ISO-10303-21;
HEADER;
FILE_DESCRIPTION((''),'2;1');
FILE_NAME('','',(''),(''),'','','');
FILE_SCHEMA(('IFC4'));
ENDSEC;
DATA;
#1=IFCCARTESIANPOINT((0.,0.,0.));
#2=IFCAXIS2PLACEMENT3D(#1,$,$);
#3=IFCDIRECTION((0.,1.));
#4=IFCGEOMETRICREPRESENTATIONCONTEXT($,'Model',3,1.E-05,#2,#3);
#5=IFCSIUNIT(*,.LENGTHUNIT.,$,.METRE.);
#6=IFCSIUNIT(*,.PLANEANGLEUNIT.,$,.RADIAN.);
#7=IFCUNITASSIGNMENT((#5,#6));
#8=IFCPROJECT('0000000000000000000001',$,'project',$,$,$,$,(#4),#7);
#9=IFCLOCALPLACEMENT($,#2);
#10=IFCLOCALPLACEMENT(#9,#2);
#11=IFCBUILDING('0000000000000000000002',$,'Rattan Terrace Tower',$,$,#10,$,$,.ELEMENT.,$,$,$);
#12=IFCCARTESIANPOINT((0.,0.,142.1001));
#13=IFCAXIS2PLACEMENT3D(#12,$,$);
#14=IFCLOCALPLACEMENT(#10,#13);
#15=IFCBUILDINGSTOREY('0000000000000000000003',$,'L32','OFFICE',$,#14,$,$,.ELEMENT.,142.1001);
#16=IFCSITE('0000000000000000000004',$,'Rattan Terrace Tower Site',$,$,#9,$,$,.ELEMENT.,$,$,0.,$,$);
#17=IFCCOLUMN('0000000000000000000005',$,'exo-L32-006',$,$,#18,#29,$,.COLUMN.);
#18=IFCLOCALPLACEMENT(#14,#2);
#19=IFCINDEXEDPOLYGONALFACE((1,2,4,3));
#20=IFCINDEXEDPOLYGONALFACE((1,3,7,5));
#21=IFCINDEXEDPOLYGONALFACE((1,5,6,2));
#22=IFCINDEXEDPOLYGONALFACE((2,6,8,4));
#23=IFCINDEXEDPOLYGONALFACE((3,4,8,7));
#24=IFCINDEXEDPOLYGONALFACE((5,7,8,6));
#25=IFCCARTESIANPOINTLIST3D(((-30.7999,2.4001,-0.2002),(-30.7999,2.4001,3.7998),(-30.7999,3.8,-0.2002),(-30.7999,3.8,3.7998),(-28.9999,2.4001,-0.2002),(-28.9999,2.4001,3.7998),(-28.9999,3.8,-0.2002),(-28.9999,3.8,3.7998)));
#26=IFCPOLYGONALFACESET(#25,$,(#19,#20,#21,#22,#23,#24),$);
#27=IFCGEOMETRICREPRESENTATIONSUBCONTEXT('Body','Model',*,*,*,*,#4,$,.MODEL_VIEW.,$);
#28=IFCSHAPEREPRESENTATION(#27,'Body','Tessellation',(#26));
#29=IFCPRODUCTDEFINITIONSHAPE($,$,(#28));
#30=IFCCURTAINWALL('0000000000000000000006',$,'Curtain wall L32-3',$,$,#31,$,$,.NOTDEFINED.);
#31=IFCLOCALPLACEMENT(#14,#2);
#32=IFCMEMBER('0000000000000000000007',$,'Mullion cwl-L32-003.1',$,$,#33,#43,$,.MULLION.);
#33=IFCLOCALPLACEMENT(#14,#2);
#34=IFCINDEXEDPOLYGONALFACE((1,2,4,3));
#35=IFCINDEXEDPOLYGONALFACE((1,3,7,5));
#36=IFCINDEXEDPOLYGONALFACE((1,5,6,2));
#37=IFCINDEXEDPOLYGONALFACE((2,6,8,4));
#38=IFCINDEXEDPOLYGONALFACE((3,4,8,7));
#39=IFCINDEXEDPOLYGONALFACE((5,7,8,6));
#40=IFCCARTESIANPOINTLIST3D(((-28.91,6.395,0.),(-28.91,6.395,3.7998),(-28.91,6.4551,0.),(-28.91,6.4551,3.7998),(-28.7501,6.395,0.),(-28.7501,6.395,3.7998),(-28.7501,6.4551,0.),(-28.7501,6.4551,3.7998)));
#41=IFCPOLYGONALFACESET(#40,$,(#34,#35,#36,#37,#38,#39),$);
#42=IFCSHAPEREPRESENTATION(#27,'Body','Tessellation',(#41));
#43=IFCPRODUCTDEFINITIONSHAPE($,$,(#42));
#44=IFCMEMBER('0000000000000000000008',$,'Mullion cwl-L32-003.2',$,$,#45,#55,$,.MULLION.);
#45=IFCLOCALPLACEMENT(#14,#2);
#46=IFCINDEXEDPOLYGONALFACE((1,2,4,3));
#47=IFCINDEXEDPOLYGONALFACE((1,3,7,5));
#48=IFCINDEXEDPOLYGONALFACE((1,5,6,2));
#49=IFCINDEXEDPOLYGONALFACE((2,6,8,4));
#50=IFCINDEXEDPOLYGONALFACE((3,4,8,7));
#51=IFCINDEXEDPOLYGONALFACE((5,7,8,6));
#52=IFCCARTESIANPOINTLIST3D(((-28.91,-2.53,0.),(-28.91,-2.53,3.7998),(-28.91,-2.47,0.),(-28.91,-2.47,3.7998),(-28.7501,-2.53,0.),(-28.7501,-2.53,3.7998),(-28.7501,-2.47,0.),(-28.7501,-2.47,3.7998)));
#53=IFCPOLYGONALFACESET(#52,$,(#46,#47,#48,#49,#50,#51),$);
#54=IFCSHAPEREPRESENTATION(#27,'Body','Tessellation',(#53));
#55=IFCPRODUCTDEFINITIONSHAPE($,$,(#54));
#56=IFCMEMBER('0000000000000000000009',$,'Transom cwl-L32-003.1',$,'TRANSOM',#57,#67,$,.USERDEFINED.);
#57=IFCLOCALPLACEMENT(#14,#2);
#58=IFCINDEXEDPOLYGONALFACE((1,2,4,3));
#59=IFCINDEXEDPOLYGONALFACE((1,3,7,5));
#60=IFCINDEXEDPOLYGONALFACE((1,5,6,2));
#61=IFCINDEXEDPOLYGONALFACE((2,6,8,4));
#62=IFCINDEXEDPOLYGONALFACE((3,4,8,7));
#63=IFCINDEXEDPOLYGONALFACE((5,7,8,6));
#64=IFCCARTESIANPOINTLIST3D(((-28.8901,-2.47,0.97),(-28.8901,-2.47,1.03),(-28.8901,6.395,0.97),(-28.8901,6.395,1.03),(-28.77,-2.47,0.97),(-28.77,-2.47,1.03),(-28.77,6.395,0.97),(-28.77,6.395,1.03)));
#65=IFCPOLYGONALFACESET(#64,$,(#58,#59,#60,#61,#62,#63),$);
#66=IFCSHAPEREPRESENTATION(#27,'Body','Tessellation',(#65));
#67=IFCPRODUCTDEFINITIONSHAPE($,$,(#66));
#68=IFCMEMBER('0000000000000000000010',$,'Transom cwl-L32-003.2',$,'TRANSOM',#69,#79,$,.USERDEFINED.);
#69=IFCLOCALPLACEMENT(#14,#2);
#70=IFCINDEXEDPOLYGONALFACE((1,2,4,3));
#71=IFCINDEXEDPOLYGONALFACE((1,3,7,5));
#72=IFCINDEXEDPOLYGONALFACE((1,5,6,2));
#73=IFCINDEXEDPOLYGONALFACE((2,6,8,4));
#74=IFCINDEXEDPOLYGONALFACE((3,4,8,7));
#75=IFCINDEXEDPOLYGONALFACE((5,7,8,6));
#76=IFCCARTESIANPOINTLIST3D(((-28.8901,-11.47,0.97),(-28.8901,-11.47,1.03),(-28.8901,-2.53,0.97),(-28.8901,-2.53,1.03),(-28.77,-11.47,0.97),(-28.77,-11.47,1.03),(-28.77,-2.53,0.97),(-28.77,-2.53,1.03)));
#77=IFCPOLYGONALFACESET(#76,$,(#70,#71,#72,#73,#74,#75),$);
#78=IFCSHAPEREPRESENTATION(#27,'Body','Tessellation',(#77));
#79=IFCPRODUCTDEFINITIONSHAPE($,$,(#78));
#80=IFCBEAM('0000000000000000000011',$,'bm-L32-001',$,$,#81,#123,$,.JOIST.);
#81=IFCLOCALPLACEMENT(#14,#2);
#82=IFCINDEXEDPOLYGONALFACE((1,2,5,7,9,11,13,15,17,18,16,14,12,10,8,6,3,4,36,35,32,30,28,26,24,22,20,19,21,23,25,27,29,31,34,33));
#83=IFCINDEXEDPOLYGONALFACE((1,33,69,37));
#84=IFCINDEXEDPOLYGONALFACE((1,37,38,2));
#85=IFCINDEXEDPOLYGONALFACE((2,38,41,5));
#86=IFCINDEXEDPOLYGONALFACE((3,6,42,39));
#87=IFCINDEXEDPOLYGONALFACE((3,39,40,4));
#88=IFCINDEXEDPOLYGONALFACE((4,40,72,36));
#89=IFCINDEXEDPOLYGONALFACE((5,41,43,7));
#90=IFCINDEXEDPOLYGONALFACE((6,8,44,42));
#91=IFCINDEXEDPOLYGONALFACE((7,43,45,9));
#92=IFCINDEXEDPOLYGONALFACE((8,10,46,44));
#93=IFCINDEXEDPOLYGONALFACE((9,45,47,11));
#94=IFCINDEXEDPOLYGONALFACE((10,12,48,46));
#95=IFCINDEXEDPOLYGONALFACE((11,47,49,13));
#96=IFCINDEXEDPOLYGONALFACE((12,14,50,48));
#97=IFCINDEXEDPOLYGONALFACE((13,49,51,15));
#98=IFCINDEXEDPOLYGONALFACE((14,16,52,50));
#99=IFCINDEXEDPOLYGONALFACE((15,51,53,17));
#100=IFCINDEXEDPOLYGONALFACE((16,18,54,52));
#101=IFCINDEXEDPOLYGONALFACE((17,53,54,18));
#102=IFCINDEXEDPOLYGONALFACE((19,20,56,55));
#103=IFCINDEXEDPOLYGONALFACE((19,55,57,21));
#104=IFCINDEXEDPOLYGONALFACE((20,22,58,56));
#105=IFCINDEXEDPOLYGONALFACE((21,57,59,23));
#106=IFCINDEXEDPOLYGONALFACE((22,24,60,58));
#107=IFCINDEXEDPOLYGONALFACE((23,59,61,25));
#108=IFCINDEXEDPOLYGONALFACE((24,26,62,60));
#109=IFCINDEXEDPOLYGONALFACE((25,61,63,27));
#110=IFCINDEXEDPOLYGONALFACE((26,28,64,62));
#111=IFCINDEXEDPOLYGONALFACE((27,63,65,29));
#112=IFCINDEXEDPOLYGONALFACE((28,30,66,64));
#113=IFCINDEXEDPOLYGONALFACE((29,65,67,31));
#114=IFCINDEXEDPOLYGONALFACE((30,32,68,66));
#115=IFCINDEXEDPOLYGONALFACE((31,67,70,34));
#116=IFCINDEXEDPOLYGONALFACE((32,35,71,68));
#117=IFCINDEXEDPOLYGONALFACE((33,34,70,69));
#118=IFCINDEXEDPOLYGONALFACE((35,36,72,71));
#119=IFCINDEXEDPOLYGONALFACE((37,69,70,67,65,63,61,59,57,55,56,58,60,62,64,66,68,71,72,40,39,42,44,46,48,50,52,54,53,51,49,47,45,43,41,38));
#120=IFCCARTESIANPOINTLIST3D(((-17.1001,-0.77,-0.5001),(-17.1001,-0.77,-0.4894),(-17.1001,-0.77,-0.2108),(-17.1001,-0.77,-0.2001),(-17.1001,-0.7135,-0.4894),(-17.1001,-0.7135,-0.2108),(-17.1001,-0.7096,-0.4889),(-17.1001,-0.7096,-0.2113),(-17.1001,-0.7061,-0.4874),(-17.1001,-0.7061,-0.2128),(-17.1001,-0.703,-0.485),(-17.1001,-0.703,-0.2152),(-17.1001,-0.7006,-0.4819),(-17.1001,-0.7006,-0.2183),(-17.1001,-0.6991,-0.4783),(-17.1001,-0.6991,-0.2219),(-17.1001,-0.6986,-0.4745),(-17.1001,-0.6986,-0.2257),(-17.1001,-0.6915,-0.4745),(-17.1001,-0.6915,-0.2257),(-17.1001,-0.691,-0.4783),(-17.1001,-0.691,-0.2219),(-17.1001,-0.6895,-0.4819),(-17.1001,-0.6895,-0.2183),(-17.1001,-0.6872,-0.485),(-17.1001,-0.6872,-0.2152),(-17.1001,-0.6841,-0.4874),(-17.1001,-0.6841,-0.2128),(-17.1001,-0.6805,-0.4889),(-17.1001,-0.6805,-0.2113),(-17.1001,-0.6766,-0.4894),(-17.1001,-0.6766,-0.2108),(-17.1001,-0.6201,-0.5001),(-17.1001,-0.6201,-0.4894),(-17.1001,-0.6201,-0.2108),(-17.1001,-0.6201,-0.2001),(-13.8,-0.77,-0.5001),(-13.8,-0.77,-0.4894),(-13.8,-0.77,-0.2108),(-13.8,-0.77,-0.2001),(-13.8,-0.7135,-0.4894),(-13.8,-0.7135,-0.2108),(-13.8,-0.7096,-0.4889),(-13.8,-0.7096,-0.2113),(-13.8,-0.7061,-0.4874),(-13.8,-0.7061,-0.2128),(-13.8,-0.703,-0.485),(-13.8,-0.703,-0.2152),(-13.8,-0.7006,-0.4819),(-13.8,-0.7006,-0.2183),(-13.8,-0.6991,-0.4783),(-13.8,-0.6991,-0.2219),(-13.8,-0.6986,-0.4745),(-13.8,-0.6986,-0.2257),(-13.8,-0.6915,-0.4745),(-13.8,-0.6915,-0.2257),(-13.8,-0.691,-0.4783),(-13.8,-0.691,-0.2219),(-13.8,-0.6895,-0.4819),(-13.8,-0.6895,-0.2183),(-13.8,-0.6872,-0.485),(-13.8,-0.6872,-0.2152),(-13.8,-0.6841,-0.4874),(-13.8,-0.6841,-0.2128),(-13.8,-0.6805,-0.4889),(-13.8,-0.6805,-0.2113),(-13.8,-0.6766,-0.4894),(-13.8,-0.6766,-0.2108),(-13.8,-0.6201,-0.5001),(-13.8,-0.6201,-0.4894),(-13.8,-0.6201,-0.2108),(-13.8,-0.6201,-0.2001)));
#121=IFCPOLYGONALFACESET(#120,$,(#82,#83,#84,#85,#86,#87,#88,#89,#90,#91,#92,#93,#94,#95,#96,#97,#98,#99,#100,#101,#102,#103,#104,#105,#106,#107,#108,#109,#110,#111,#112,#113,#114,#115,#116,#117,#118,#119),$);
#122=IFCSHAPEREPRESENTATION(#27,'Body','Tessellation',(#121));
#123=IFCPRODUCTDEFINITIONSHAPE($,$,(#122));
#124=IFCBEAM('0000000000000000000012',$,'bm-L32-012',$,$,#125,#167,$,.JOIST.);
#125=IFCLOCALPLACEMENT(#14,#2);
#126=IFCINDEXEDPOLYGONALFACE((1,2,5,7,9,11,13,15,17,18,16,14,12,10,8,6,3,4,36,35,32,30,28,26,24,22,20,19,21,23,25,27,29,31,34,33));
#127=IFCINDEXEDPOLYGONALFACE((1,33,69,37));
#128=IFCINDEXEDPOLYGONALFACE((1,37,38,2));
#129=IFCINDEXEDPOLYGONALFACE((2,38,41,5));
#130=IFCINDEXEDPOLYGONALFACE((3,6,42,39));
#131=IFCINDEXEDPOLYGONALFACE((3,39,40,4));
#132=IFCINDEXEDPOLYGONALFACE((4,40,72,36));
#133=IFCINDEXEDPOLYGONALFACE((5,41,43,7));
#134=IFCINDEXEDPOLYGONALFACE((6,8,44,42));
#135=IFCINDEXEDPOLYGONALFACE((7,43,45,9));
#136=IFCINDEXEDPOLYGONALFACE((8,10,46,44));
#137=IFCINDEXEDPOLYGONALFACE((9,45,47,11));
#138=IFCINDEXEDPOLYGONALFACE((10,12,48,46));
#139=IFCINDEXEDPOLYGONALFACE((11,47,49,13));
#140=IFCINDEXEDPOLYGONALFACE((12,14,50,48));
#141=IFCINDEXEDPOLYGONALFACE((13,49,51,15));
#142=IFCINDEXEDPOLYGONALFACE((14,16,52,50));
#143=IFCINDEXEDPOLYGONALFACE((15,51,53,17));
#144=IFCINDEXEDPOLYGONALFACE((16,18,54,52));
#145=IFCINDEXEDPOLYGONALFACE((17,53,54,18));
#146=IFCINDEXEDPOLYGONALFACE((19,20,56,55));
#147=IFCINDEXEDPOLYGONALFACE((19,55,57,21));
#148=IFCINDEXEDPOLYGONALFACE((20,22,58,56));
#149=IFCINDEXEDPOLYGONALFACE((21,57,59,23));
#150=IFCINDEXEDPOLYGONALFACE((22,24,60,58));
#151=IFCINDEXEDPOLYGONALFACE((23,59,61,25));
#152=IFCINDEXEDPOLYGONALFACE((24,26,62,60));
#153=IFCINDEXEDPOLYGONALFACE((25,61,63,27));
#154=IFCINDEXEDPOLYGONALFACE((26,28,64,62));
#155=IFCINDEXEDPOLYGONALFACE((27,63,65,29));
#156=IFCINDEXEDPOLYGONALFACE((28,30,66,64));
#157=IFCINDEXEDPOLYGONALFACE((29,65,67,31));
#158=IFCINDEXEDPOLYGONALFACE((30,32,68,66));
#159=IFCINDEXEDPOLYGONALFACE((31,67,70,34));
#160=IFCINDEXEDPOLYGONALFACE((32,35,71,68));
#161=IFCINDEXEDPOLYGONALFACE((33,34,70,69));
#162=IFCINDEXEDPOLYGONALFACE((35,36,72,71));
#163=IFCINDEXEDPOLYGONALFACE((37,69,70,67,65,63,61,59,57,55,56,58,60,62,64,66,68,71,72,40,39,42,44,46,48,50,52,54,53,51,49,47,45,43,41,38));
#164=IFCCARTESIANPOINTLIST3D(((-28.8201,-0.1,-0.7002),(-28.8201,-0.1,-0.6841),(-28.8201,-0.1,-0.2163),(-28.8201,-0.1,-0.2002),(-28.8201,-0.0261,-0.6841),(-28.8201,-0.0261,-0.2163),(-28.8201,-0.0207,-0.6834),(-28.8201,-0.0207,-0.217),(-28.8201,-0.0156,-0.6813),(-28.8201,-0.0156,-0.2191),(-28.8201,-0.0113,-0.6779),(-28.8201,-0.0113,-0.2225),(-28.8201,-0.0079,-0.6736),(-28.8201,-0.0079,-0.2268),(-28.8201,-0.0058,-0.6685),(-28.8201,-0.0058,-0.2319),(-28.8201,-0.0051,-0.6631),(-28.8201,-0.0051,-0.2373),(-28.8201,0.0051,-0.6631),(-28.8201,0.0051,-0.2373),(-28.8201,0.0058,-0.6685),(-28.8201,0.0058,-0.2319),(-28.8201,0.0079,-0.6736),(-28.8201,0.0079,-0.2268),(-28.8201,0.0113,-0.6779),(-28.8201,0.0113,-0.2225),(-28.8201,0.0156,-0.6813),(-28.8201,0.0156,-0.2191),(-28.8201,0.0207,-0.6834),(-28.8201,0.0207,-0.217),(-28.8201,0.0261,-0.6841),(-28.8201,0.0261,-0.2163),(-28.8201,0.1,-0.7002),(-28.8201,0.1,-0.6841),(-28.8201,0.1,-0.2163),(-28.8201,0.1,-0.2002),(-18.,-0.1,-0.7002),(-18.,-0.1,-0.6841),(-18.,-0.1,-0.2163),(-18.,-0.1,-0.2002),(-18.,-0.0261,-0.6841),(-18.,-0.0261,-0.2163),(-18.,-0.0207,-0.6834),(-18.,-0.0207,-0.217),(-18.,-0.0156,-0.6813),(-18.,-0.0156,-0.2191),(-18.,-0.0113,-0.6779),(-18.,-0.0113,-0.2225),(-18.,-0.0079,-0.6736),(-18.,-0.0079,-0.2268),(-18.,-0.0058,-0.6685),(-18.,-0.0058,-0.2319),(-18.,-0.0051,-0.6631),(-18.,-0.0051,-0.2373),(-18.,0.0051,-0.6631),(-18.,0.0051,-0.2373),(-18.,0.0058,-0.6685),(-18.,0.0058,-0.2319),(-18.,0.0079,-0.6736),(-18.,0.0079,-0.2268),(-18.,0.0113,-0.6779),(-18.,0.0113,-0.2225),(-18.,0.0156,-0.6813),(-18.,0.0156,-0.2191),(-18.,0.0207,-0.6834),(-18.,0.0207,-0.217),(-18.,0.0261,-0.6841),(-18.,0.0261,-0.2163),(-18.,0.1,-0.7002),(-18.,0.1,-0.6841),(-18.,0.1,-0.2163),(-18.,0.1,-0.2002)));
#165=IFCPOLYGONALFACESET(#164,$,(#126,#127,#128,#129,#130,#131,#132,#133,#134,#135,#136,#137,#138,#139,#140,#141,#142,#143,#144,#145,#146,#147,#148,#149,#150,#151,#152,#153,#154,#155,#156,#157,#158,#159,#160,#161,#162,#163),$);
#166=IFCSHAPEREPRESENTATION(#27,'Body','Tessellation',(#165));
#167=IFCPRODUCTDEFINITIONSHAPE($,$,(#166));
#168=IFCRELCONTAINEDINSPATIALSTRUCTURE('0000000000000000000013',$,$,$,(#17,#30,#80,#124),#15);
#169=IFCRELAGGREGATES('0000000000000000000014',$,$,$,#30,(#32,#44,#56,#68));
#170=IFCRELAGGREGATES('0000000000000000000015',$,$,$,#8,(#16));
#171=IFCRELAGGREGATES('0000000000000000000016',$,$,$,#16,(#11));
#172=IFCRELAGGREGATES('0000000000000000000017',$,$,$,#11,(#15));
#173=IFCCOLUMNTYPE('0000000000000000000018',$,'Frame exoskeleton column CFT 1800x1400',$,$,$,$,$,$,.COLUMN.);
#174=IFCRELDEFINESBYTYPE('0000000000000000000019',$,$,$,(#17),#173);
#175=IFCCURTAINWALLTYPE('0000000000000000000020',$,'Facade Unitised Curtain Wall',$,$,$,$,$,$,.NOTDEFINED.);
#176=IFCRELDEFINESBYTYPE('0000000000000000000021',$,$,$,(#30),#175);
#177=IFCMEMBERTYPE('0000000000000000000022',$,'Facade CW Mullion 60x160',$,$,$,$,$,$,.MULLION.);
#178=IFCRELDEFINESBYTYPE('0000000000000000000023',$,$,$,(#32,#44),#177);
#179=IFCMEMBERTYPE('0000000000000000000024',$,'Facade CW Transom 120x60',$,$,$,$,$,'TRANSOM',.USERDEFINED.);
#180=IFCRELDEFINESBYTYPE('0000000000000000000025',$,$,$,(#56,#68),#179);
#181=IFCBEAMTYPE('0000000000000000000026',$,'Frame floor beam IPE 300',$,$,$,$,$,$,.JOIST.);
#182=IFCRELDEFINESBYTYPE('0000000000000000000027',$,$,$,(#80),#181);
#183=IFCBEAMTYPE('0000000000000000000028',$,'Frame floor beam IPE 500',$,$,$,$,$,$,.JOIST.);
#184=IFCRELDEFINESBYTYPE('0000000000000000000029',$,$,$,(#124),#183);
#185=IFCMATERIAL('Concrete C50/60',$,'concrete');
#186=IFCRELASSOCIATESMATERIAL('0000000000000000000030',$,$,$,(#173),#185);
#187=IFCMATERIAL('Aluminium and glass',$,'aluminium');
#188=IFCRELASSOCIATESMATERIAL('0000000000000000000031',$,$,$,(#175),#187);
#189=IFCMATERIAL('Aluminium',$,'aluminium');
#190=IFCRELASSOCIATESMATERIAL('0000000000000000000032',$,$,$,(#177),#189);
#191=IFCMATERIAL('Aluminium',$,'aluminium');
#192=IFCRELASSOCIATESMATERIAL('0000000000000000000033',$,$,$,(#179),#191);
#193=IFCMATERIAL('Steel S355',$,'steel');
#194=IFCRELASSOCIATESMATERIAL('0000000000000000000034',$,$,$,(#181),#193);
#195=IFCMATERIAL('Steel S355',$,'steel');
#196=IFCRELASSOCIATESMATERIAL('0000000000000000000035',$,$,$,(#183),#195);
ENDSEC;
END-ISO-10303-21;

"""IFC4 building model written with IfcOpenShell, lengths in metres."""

from ifc_helpers import new_model, si_unit, direction, frame, origin, origin_2d, place, context, subcontext, project, spatial, rectangle, i_section, extrude, material, material_profile, profile_set, type_object, element, aggregate, save


model = new_model("IFC4")

# Units and contexts
model_context = context("Model", 3, precision=1e-05, world=origin(), true_north=direction((0.0, 1.0)))
body_context = subcontext(model_context, "Body", "Model", "MODEL_VIEW")
ifc_project = project(units=[si_unit("LENGTHUNIT", "METRE"), si_unit("PLANEANGLEUNIT", "RADIAN")], contexts=[model_context])

# Site, building, storey
site_placement = place(None, origin())
site = spatial("IfcSite", under=ifc_project, at=site_placement, Name="Rattan Terrace Tower Site", CompositionType="ELEMENT", RefElevation=0.0)
building_placement = place(site_placement, origin())
building = spatial("IfcBuilding", under=site, at=building_placement, Name="Rattan Terrace Tower", CompositionType="ELEMENT")
storey_placement = place(building_placement, frame((0.0, 0.0, 142.1001)))
storey = spatial("IfcBuildingStorey", under=building, at=storey_placement, Name="L32", Description="OFFICE", CompositionType="ELEMENT", Elevation=142.1001)

# Column
ifc_material_1 = material(Name="Concrete C50/60", Category="concrete")
ifc_material_profile_1 = material_profile(ifc_material_1, rectangle(XDim=1.3999, YDim=1.8, at=origin_2d()), Name="CFT 1800x1400")
ifc_profile_set_1 = profile_set([ifc_material_profile_1], Name="Concrete C50/60")
column_type = type_object("IfcColumnType", Name="Frame exoskeleton column CFT 1800x1400", PredefinedType="COLUMN", material=ifc_profile_set_1)
column_placement = place(storey_placement, frame((-29.8999, 3.1001, -0.2002), z_axis=(0.0, 0.0, 1.0), x_axis=(0.0, 1.0, 0.0)))
element("IfcColumn", 1, at=column_placement, inside=storey, type_object=column_type, Name="exo-L32-006", PredefinedType="COLUMN", context=body_context, shape_type="SweptSolid", body=[
    extrude(rectangle(XDim=1.3999, YDim=1.8, at=origin_2d()), origin(), (0.0, 0.0, 1.0), 4.0),
])

# Curtain wall, members
ifc_material_2 = material(Name="Aluminium and glass", Category="aluminium")
curtain_wall_type = type_object("IfcCurtainWallType", Name="Facade Unitised Curtain Wall", PredefinedType="NOTDEFINED", material=ifc_material_2)
curtain_wall_placement = place(storey_placement, origin())
curtain_wall = element("IfcCurtainWall", 2, at=curtain_wall_placement, inside=storey, type_object=curtain_wall_type, Name="Curtain wall L32-3", PredefinedType="NOTDEFINED")
ifc_material_3 = material(Name="Aluminium", Category="aluminium")
ifc_material_profile_2 = material_profile(ifc_material_3, rectangle(XDim=0.0601, YDim=0.1599, at=origin_2d()), Name="Aluminium 60x160")
ifc_profile_set_2 = profile_set([ifc_material_profile_2], Name="Aluminium")
member_type_1 = type_object("IfcMemberType", Name="Facade CW Mullion 60x160", PredefinedType="MULLION", material=ifc_profile_set_2)
member_1_placement = place(storey_placement, frame((-28.8301, 6.425, 0.0), z_axis=(0.0, 0.0, 1.0), x_axis=(0.0, -1.0, 0.0)))
member_1 = element("IfcMember", 3, at=member_1_placement, type_object=member_type_1, Name="Mullion cwl-L32-003.1", PredefinedType="MULLION", context=body_context, shape_type="SweptSolid", body=[
    extrude(rectangle(XDim=0.0601, YDim=0.1599, at=origin_2d()), origin(), (0.0, 0.0, 1.0), 3.7998),
])
member_2_placement = place(storey_placement, frame((-28.8301, -2.5, 0.0), z_axis=(0.0, 0.0, 1.0), x_axis=(0.0, -1.0, 0.0)))
member_2 = element("IfcMember", 4, at=member_2_placement, type_object=member_type_1, Name="Mullion cwl-L32-003.2", PredefinedType="MULLION", context=body_context, shape_type="SweptSolid", body=[
    extrude(rectangle(XDim=0.0601, YDim=0.1599, at=origin_2d()), origin(), (0.0, 0.0, 1.0), 3.7998),
])
ifc_material_4 = material(Name="Aluminium", Category="aluminium")
ifc_material_profile_3 = material_profile(ifc_material_4, rectangle(XDim=0.1201, YDim=0.0601, at=origin_2d()), Name="Aluminium 120x60")
ifc_profile_set_3 = profile_set([ifc_material_profile_3], Name="Aluminium")
member_type_2 = type_object("IfcMemberType", Name="Facade CW Transom 120x60", ElementType="TRANSOM", PredefinedType="USERDEFINED", material=ifc_profile_set_3)
member_3_placement = place(storey_placement, frame((-28.8301, 6.395, 1.0), z_axis=(0.0, -1.0, 0.0), x_axis=(1.0, 0.0, 0.0)))
member_3 = element("IfcMember", 5, at=member_3_placement, type_object=member_type_2, Name="Transom cwl-L32-003.1", ObjectType="TRANSOM", PredefinedType="USERDEFINED", context=body_context, shape_type="SweptSolid", body=[
    extrude(rectangle(XDim=0.1201, YDim=0.0601, at=origin_2d()), origin(), (0.0, 0.0, 1.0), 8.865),
])
member_4_placement = place(storey_placement, frame((-28.8301, -2.53, 1.0), z_axis=(0.0, -1.0, 0.0), x_axis=(1.0, 0.0, 0.0)))
member_4 = element("IfcMember", 6, at=member_4_placement, type_object=member_type_2, Name="Transom cwl-L32-003.2", ObjectType="TRANSOM", PredefinedType="USERDEFINED", context=body_context, shape_type="SweptSolid", body=[
    extrude(rectangle(XDim=0.1201, YDim=0.0601, at=origin_2d()), origin(), (0.0, 0.0, 1.0), 8.9399),
])

# Beams
ifc_material_5 = material(Name="Steel S355", Category="steel")
ifc_material_profile_4 = material_profile(ifc_material_5, i_section(OverallWidth=0.1499, OverallDepth=0.3, WebThickness=0.0071, FlangeThickness=0.0107, FilletRadius=0.0149, at=origin_2d()), Name="IPE 300")
ifc_profile_set_4 = profile_set([ifc_material_profile_4], Name="Steel S355")
beam_type_1 = type_object("IfcBeamType", Name="Frame floor beam IPE 300", PredefinedType="JOIST", material=ifc_profile_set_4)
beam_placement = place(storey_placement, frame((-17.1001, -0.6951, -0.3501), z_axis=(1.0, 0.0, 0.0), x_axis=(0.0, 1.0, 0.0)))
element("IfcBeam", 7, at=beam_placement, inside=storey, type_object=beam_type_1, Name="bm-L32-001", PredefinedType="JOIST", context=body_context, shape_type="SweptSolid", body=[
    extrude(i_section(OverallWidth=0.1499, OverallDepth=0.3, WebThickness=0.0071, FlangeThickness=0.0107, FilletRadius=0.0149, at=origin_2d()), origin(), (0.0, 0.0, 1.0), 3.3),
])
ifc_material_6 = material(Name="Steel S355", Category="steel")
ifc_material_profile_5 = material_profile(ifc_material_6, i_section(OverallWidth=0.2, OverallDepth=0.5, WebThickness=0.0103, FlangeThickness=0.0161, FilletRadius=0.021, at=origin_2d()), Name="IPE 500")
ifc_profile_set_5 = profile_set([ifc_material_profile_5], Name="Steel S355")
beam_type_2 = type_object("IfcBeamType", Name="Frame floor beam IPE 500", PredefinedType="JOIST", material=ifc_profile_set_5)
for number, where, z_axis, x_axis, name in (
    (8, (-28.8201, 0.0, -0.4502), (1.0, 0.0, 0.0), (0.0, 1.0, 0.0), "bm-L32-012"),
):
    element("IfcBeam", number, at=place(storey_placement, frame(where, z_axis=z_axis, x_axis=x_axis)), inside=storey, type_object=beam_type_2, Name=name, PredefinedType="JOIST", context=body_context, shape_type="SweptSolid", body=[
        extrude(i_section(OverallWidth=0.2, OverallDepth=0.5, WebThickness=0.0103, FlangeThickness=0.0161, FilletRadius=0.021, at=origin_2d()), origin(), (0.0, 0.0, 1.0), 10.8201),
    ])

aggregate(curtain_wall, [member_1, member_2, member_3, member_4])

save(model, "model.ifc")
